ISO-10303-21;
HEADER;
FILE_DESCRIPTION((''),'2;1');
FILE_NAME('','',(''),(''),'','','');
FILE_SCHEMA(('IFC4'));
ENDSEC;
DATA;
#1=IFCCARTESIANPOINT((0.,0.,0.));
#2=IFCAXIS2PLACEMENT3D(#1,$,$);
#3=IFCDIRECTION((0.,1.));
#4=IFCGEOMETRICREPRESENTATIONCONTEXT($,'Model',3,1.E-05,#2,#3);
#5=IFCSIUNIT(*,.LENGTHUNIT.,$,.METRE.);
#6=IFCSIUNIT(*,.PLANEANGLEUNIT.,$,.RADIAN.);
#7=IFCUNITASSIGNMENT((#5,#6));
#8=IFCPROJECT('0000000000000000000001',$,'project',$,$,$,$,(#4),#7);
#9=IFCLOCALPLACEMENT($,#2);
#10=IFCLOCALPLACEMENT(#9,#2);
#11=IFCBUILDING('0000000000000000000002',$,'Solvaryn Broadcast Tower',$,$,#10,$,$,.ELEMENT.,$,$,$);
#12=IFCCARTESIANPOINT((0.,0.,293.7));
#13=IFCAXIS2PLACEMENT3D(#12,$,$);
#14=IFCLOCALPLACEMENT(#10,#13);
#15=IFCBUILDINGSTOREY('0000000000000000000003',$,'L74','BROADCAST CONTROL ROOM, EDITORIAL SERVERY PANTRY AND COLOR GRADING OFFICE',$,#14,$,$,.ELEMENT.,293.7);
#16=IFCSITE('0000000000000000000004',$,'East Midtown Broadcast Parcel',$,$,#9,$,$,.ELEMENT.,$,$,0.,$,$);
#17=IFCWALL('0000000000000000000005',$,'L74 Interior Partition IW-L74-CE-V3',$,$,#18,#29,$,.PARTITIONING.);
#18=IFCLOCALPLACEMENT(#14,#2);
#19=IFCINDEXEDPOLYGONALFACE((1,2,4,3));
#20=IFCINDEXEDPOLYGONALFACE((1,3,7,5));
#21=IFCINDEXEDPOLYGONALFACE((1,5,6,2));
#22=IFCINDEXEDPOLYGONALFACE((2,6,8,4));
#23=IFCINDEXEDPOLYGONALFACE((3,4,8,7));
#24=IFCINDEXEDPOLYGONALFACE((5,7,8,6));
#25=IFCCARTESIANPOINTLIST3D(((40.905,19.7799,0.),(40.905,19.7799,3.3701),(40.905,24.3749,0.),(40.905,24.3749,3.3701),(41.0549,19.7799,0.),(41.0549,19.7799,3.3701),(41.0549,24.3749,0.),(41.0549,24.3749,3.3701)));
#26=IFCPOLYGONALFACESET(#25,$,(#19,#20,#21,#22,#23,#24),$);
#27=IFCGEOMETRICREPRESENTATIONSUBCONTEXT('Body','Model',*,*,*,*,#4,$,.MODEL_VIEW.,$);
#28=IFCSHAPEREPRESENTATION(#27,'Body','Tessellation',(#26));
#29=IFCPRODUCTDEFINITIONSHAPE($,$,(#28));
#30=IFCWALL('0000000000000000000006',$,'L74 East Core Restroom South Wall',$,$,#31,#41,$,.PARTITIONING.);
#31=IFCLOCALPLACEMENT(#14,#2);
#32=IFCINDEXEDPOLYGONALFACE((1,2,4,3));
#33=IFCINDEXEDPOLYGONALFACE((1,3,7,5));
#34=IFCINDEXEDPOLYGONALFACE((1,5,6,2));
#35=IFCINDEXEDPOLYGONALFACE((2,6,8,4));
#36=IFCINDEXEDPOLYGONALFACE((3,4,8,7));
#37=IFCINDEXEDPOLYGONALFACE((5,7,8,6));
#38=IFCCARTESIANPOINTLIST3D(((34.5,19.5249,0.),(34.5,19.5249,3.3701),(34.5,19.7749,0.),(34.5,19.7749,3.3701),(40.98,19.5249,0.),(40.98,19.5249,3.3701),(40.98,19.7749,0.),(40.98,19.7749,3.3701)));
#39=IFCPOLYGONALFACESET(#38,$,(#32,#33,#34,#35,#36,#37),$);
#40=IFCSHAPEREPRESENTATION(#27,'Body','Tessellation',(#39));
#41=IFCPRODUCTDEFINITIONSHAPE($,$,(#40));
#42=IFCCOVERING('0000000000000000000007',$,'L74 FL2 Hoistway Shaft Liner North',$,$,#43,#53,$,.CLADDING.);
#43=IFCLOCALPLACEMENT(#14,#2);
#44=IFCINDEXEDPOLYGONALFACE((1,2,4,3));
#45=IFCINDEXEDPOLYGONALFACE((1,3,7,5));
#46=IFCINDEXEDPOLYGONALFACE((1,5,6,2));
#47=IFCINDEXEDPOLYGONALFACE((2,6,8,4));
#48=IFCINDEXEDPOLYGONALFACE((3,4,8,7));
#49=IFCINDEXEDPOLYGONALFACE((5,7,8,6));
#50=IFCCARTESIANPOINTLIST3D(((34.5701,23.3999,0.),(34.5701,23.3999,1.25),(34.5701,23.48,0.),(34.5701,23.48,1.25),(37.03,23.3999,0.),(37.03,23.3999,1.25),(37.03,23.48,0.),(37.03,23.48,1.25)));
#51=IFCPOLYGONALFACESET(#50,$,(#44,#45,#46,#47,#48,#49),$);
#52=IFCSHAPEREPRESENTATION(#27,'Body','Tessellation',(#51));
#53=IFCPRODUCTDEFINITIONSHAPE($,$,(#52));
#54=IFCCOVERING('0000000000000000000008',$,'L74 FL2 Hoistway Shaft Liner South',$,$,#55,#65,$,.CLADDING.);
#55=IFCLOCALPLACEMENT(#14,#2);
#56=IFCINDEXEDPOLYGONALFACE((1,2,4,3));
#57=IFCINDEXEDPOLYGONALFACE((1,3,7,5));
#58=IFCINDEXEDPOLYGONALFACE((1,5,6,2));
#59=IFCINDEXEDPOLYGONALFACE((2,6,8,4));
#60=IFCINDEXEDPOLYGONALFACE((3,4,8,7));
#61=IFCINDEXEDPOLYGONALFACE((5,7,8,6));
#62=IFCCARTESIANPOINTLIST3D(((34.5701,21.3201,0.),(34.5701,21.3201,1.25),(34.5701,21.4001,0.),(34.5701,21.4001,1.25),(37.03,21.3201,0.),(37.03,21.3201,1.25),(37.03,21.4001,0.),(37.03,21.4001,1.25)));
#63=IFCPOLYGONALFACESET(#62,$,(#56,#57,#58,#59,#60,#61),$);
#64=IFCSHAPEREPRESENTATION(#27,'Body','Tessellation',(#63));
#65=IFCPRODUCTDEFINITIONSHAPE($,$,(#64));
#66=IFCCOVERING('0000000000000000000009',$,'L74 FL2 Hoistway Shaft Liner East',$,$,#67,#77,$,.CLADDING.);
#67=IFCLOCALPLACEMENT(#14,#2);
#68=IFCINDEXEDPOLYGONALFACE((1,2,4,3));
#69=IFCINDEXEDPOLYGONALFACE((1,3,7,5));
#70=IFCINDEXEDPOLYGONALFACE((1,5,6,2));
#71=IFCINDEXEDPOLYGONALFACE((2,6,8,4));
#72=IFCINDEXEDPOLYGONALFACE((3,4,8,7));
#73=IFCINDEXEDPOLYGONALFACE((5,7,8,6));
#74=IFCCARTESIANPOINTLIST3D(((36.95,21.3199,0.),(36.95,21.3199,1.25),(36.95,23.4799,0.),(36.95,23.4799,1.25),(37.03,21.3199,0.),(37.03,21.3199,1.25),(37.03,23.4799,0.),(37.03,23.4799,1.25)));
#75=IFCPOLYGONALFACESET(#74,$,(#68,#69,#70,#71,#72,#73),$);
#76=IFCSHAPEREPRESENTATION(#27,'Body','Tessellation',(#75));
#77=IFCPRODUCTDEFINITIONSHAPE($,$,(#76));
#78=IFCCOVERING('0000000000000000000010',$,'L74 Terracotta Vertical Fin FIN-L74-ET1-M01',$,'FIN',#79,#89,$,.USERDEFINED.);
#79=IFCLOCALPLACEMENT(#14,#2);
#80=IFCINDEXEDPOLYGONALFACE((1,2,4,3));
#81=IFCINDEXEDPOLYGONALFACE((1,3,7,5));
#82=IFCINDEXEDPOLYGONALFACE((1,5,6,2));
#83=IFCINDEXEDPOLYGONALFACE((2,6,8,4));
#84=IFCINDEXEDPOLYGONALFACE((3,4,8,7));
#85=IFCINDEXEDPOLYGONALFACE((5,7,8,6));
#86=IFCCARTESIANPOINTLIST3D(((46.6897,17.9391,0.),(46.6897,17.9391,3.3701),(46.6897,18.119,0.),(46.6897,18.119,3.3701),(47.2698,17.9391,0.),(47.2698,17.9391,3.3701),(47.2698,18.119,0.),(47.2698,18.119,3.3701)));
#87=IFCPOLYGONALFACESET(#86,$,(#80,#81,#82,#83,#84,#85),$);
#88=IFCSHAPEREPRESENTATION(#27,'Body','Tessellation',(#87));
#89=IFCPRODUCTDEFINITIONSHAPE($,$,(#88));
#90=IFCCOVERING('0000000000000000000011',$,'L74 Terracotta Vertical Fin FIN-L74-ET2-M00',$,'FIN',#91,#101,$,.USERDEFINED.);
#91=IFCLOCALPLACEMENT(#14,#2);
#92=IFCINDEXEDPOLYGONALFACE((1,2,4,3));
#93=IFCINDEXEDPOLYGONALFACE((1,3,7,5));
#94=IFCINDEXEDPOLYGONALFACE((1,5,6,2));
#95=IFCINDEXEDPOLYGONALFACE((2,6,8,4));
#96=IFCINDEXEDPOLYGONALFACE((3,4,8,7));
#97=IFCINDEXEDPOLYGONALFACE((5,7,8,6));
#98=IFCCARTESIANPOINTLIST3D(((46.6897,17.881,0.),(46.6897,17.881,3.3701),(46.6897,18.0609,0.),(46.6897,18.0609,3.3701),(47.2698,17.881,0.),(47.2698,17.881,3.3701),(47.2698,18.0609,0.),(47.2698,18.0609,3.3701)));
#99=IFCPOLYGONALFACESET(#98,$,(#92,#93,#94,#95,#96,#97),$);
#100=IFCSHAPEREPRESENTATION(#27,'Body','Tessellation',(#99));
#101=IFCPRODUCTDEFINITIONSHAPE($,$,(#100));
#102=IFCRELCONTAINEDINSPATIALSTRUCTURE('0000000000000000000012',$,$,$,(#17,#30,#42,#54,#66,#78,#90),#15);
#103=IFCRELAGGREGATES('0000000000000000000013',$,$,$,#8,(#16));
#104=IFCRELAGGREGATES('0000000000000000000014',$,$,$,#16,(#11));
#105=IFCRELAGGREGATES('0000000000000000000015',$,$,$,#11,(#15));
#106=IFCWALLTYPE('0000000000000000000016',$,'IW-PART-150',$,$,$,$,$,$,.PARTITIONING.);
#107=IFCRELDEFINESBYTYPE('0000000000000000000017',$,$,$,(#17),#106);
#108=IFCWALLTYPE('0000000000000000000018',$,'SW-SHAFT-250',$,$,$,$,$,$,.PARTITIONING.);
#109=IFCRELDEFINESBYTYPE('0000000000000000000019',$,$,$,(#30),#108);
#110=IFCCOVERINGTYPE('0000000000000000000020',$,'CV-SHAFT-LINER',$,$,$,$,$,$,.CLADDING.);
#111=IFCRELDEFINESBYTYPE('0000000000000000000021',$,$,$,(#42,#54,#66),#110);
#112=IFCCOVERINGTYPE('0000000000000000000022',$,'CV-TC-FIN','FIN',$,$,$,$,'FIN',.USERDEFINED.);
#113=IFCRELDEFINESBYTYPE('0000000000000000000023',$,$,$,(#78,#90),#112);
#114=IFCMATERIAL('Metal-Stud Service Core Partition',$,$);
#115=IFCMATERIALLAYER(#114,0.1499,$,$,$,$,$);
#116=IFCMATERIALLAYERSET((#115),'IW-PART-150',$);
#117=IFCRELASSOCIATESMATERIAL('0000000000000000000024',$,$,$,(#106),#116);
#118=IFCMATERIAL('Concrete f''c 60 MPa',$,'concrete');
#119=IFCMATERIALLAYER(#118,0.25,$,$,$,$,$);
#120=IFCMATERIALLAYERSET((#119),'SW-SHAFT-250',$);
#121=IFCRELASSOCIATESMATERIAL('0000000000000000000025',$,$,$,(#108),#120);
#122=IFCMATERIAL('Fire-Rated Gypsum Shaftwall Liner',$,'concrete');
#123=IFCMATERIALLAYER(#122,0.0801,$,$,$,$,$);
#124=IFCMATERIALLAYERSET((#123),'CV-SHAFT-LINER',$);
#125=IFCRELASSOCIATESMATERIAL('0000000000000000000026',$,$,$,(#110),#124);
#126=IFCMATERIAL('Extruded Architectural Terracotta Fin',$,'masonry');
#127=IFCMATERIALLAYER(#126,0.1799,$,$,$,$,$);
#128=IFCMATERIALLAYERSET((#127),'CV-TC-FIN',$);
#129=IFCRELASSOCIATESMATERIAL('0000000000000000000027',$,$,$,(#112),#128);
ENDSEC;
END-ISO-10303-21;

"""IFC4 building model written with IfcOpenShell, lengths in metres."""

from ifc_helpers import new_model, si_unit, direction, frame, frame_2d, origin, origin_2d, place, context, subcontext, project, spatial, rectangle, extrude, material, layer, layer_set, type_object, element, save


model = new_model("IFC4")

# Units and contexts
model_context = context("Model", 3, precision=1e-05, world=origin(), true_north=direction((0.0, 1.0)))
body_context = subcontext(model_context, "Body", "Model", "MODEL_VIEW")
ifc_project = project(units=[si_unit("LENGTHUNIT", "METRE"), si_unit("PLANEANGLEUNIT", "RADIAN")], contexts=[model_context])

# Site, building, storey
site_placement = place(None, origin())
site = spatial("IfcSite", under=ifc_project, at=site_placement, Name="East Midtown Broadcast Parcel", CompositionType="ELEMENT", RefElevation=0.0)
building_placement = place(site_placement, origin())
building = spatial("IfcBuilding", under=site, at=building_placement, Name="Solvaryn Broadcast Tower", CompositionType="ELEMENT")
storey_placement = place(building_placement, frame((0.0, 0.0, 293.7)))
storey = spatial("IfcBuildingStorey", under=building, at=storey_placement, Name="L74", Description="BROADCAST CONTROL ROOM, EDITORIAL SERVERY PANTRY AND COLOR GRADING OFFICE", CompositionType="ELEMENT", Elevation=293.7)

# Wall
ifc_material_1 = material(Name="Metal-Stud Service Core Partition")
ifc_layer_1 = layer(ifc_material_1, 0.1499)
ifc_layer_set_1 = layer_set([ifc_layer_1], Name="IW-PART-150")
wall_type_1 = type_object("IfcWallType", Name="IW-PART-150", PredefinedType="PARTITIONING", material=ifc_layer_set_1)
for number, where, z_axis, x_axis, name in (
    (1, (40.98, 19.78, 0.0), (0.0, 0.0, 1.0), (0.0, 1.0, 0.0), "L74 Interior Partition IW-L74-CE-V3"),
):
    element("IfcWall", number, at=place(storey_placement, frame(where, z_axis=z_axis, x_axis=x_axis)), inside=storey, type_object=wall_type_1, Name=name, PredefinedType="PARTITIONING", context=body_context, shape_type="SweptSolid", body=[
        extrude(rectangle(XDim=4.595, YDim=0.1499, at=frame_2d((2.2974, 0.0))), origin(), (0.0, 0.0, 1.0), 3.3701),
    ])

# Shared definitions
ifc_material_2 = material(Name="Concrete f'c 60 MPa", Category="concrete")
ifc_layer_2 = layer(ifc_material_2, 0.25)
ifc_layer_set_2 = layer_set([ifc_layer_2], Name="SW-SHAFT-250")
wall_type_2 = type_object("IfcWallType", Name="SW-SHAFT-250", PredefinedType="PARTITIONING", material=ifc_layer_set_2)

# Wall
wall_1_placement = place(storey_placement, frame((34.5, 19.6499, 0.0), z_axis=(0.0, 0.0, 1.0), x_axis=(1.0, 0.0, 0.0)))
element("IfcWall", 2, at=wall_1_placement, inside=storey, type_object=wall_type_2, Name="L74 East Core Restroom South Wall", PredefinedType="PARTITIONING", context=body_context, shape_type="SweptSolid", body=[
    extrude(rectangle(XDim=6.48, YDim=0.25, at=frame_2d((3.24, 0.0))), origin(), (0.0, 0.0, 1.0), 3.3701),
])

# Coverings
ifc_material_3 = material(Name="Fire-Rated Gypsum Shaftwall Liner", Category="concrete")
ifc_layer_3 = layer(ifc_material_3, 0.0801)
ifc_layer_set_3 = layer_set([ifc_layer_3], Name="CV-SHAFT-LINER")
covering_type_1 = type_object("IfcCoveringType", Name="CV-SHAFT-LINER", PredefinedType="CLADDING", material=ifc_layer_set_3)
for number, where, z_axis, x_axis, name in (
    (3, (35.8, 23.4399, 0.0), (0.0, 0.0, 1.0), (1.0, 0.0, 0.0), "L74 FL2 Hoistway Shaft Liner North"),
    (4, (35.8, 21.3601, 0.0), (0.0, 0.0, 1.0), (1.0, 0.0, 0.0), "L74 FL2 Hoistway Shaft Liner South"),
):
    element("IfcCovering", number, at=place(storey_placement, frame(where, z_axis=z_axis, x_axis=x_axis)), inside=storey, type_object=covering_type_1, Name=name, PredefinedType="CLADDING", context=body_context, shape_type="SweptSolid", body=[
        extrude(rectangle(XDim=2.46, YDim=0.0801, at=origin_2d()), origin(), (0.0, 0.0, 1.0), 1.25),
    ])
covering_placement = place(storey_placement, frame((36.99, 22.3999, 0.0), z_axis=(0.0, 0.0, 1.0), x_axis=(1.0, 0.0, 0.0)))
element("IfcCovering", 5, at=covering_placement, inside=storey, type_object=covering_type_1, Name="L74 FL2 Hoistway Shaft Liner East", PredefinedType="CLADDING", context=body_context, shape_type="SweptSolid", body=[
    extrude(rectangle(XDim=0.0801, YDim=2.1599, at=origin_2d()), origin(), (0.0, 0.0, 1.0), 1.25),
])
ifc_material_4 = material(Name="Extruded Architectural Terracotta Fin", Category="masonry")
ifc_layer_4 = layer(ifc_material_4, 0.1799)
ifc_layer_set_4 = layer_set([ifc_layer_4], Name="CV-TC-FIN")
covering_type_2 = type_object("IfcCoveringType", Name="CV-TC-FIN", Description="FIN", ElementType="FIN", PredefinedType="USERDEFINED", material=ifc_layer_set_4)
for number, where, z_axis, x_axis, name in (
    (6, (46.9797, 18.0291, 0.0), (0.0, 0.0, 1.0), (1.0, 0.0, 0.0), "L74 Terracotta Vertical Fin FIN-L74-ET1-M01"),
    (7, (46.9797, 17.9709, 0.0), (0.0, 0.0, 1.0), (1.0, 0.0, 0.0), "L74 Terracotta Vertical Fin FIN-L74-ET2-M00"),
):
    element("IfcCovering", number, at=place(storey_placement, frame(where, z_axis=z_axis, x_axis=x_axis)), inside=storey, type_object=covering_type_2, Name=name, ObjectType="FIN", PredefinedType="USERDEFINED", context=body_context, shape_type="SweptSolid", body=[
        extrude(rectangle(XDim=0.5801, YDim=0.1799, at=origin_2d()), origin(), (0.0, 0.0, 1.0), 3.3701),
    ])

save(model, "model.ifc")
